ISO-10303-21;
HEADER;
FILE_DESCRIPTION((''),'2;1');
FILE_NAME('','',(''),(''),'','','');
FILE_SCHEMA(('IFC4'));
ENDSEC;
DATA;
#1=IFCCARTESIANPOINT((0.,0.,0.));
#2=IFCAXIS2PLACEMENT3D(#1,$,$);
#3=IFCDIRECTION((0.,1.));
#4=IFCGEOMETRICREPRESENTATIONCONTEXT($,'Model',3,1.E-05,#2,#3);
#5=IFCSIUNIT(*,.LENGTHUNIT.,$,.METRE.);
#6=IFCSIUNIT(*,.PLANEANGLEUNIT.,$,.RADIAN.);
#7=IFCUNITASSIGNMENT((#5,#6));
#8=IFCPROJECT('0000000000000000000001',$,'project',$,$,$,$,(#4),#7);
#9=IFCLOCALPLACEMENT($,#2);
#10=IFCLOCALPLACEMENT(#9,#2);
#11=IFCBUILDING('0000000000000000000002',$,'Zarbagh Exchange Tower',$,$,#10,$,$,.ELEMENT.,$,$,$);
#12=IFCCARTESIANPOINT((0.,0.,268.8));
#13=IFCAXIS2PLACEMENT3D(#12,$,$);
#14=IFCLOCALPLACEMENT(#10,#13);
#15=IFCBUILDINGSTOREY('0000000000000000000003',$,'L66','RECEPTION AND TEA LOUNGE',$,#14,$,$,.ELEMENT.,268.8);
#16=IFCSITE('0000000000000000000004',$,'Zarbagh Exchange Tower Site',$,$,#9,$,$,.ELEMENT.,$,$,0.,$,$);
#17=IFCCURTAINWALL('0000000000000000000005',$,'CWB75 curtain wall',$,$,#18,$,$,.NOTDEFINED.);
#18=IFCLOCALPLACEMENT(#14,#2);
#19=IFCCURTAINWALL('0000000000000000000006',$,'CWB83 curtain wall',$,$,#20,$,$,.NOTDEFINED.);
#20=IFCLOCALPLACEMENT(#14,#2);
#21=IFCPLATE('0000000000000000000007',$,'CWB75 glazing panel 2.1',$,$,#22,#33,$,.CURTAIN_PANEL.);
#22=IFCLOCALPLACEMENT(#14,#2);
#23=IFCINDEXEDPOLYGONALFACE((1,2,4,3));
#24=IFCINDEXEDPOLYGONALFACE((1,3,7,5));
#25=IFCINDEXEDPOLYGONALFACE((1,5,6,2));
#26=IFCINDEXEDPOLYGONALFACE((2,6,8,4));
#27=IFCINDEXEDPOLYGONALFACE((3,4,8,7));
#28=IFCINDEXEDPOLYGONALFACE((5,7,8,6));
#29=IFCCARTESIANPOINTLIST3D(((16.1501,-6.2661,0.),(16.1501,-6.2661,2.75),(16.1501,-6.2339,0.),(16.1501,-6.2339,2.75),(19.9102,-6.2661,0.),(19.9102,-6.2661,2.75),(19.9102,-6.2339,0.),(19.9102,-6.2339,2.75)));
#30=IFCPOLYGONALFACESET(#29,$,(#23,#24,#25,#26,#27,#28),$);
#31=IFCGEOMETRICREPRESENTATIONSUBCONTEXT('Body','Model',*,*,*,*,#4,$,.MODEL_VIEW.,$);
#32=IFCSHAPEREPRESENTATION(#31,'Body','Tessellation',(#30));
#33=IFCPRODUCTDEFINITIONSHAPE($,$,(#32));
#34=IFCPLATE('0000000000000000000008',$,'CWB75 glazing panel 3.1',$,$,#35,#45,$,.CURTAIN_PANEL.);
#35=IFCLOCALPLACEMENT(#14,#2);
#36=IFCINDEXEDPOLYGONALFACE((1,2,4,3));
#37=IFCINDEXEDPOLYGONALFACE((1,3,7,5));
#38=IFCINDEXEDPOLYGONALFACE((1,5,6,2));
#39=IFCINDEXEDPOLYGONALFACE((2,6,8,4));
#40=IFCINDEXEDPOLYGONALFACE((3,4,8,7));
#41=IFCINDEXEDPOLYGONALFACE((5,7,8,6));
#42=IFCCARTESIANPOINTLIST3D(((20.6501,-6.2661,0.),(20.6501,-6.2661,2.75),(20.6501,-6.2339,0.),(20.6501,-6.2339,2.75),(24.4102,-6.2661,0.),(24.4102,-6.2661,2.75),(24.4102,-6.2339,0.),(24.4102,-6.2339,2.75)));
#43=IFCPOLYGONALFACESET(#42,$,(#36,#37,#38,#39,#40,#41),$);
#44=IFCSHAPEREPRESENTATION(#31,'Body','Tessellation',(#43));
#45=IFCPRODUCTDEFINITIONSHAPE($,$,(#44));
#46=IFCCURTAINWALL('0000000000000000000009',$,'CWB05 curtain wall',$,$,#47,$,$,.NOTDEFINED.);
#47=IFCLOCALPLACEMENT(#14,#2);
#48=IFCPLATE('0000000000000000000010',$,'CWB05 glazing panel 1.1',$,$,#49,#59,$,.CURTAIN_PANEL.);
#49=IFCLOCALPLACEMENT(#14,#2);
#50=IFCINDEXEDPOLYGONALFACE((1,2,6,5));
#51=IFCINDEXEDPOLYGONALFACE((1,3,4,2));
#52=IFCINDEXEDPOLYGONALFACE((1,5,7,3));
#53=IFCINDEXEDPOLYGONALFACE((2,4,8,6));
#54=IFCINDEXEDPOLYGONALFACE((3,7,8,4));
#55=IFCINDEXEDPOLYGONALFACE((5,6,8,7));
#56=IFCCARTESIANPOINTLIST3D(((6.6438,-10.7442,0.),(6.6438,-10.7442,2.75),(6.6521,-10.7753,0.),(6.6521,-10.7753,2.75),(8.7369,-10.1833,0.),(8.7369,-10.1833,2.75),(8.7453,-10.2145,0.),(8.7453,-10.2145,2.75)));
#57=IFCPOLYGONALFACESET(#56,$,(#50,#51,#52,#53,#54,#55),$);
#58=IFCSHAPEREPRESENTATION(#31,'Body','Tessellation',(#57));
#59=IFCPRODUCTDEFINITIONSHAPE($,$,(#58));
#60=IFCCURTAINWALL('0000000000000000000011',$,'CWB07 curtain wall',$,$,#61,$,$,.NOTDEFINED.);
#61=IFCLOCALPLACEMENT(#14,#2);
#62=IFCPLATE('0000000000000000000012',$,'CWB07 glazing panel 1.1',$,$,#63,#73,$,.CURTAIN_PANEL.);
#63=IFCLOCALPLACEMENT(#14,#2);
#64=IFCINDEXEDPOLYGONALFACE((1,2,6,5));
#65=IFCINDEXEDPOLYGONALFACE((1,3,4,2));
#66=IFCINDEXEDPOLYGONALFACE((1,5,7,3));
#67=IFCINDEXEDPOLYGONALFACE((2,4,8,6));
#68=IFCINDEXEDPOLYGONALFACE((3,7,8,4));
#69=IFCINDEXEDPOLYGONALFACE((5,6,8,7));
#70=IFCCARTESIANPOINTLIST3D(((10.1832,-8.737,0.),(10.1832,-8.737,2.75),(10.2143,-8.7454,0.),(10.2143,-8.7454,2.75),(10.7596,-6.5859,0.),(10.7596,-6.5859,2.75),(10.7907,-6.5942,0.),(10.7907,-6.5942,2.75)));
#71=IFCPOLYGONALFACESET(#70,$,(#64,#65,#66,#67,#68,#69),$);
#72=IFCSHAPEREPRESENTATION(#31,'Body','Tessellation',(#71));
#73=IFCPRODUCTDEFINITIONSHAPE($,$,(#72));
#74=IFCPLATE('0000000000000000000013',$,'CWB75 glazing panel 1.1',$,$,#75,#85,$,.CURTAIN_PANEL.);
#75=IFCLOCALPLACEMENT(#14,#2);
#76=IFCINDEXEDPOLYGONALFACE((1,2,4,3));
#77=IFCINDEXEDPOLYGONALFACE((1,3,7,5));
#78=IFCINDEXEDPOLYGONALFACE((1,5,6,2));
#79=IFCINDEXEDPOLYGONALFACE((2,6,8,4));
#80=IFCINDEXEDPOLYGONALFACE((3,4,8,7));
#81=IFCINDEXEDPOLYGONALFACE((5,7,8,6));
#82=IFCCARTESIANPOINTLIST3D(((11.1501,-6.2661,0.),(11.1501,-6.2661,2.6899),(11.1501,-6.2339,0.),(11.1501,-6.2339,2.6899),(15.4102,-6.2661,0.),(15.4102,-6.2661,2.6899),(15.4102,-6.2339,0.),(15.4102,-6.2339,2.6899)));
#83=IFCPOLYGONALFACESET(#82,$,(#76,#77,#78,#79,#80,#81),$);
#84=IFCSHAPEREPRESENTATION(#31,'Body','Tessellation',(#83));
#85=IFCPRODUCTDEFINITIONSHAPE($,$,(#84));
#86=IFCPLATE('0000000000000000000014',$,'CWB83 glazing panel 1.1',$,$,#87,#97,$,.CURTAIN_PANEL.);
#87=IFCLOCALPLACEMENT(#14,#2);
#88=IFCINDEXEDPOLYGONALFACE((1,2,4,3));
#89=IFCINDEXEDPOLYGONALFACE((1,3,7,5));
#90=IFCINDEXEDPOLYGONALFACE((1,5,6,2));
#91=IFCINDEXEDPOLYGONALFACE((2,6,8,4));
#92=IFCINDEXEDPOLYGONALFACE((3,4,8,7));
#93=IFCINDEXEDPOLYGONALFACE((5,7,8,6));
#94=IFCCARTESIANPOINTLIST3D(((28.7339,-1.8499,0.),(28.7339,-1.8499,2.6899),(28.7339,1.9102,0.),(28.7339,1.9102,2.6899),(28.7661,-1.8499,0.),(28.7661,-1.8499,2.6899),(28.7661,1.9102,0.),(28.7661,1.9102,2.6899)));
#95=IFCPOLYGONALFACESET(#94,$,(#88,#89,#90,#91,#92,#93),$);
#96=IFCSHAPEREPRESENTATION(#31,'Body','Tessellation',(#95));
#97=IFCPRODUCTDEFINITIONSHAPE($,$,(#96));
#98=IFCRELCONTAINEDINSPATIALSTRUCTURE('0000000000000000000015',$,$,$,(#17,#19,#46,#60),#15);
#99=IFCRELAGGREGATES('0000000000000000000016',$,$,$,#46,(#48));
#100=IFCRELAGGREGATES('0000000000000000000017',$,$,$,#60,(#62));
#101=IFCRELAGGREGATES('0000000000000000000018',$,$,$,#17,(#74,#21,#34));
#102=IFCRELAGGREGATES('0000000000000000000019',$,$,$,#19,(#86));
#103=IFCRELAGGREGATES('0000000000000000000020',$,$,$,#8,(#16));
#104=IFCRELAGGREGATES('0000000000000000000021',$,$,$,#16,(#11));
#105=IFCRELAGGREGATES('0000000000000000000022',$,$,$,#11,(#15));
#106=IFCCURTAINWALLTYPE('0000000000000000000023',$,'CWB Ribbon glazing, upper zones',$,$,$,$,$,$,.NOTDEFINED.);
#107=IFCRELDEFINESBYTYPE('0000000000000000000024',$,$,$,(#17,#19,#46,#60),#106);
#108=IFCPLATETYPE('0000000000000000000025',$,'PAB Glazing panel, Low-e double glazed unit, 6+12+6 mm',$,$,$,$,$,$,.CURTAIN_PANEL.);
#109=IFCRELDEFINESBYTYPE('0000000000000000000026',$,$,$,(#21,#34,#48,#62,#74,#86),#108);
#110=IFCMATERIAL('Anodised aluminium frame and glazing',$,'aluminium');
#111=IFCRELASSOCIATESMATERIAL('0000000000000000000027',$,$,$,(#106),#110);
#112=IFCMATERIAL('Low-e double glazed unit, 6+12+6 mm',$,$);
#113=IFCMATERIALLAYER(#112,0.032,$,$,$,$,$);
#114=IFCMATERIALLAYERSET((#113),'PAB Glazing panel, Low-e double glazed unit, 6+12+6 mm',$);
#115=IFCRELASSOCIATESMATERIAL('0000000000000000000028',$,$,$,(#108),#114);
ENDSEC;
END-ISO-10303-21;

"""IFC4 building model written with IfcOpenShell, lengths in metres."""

from ifc_helpers import new_model, si_unit, direction, frame, origin, place, context, subcontext, project, spatial, polyline, outline, extrude, source, transform, mapped, material, layer, layer_set, type_object, element, aggregate, save


model = new_model("IFC4")

# Units and contexts
model_context = context("Model", 3, precision=1e-05, world=origin(), true_north=direction((0.0, 1.0)))
body_context = subcontext(model_context, "Body", "Model", "MODEL_VIEW")
ifc_project = project(units=[si_unit("LENGTHUNIT", "METRE"), si_unit("PLANEANGLEUNIT", "RADIAN")], contexts=[model_context])

# Site, building, storey
site_placement = place(None, origin())
site = spatial("IfcSite", under=ifc_project, at=site_placement, Name="Zarbagh Exchange Tower Site", CompositionType="ELEMENT", RefElevation=0.0)
building_placement = place(site_placement, origin())
building = spatial("IfcBuilding", under=site, at=building_placement, Name="Zarbagh Exchange Tower", CompositionType="ELEMENT")
storey_placement = place(building_placement, frame((0.0, 0.0, 268.8)))
storey = spatial("IfcBuildingStorey", under=building, at=storey_placement, Name="L66", Description="RECEPTION AND TEA LOUNGE", CompositionType="ELEMENT", Elevation=268.8)

# Curtain wall
ifc_material_1 = material(Name="Anodised aluminium frame and glazing", Category="aluminium")
curtain_wall_type = type_object("IfcCurtainWallType", Name="CWB Ribbon glazing, upper zones", PredefinedType="NOTDEFINED", material=ifc_material_1)
curtain_wall_1_placement = place(storey_placement, origin())
curtain_wall_1 = element("IfcCurtainWall", 1, at=curtain_wall_1_placement, inside=storey, type_object=curtain_wall_type, Name="CWB75 curtain wall", PredefinedType="NOTDEFINED")
placement = place(storey_placement, origin())

# Curtain wall
curtain_wall_2_placement = place(storey_placement, origin())
curtain_wall_2 = element("IfcCurtainWall", 2, at=curtain_wall_2_placement, inside=storey, type_object=curtain_wall_type, Name="CWB83 curtain wall", PredefinedType="NOTDEFINED")

# Shared definitions
ifc_material_2 = material(Name="Low-e double glazed unit, 6+12+6 mm")
ifc_layer = layer(ifc_material_2, 0.032)
ifc_layer_set = layer_set([ifc_layer], Name="PAB Glazing panel, Low-e double glazed unit, 6+12+6 mm")
plate_type = type_object("IfcPlateType", Name="PAB Glazing panel, Low-e double glazed unit, 6+12+6 mm", PredefinedType="CURTAIN_PANEL", material=ifc_layer_set)

# Plates
shared_shape_1 = source(origin(), body_context, "Body", "SweptSolid", [
    extrude(outline(polyline([(0.0, -0.0161), (3.76, -0.0161), (3.76, 0.0161), (0.0, 0.0161), (0.0, -0.0161)])), origin(), (0.0, 0.0, 1.0), 2.75),
])
plate_1 = element("IfcPlate", 3, at=placement, type_object=plate_type, Name="CWB75 glazing panel 2.1", PredefinedType="CURTAIN_PANEL", context=body_context, shape_type="MappedRepresentation", body=[
    mapped(shared_shape_1, transform((16.1501, -6.25, 0.0), x_axis=(1.0, 0.0, 0.0), y_axis=(0.0, 1.0, 0.0), z_axis=(0.0, 0.0, 1.0))),
])
plate_2 = element("IfcPlate", 4, at=placement, type_object=plate_type, Name="CWB75 glazing panel 3.1", PredefinedType="CURTAIN_PANEL", context=body_context, shape_type="MappedRepresentation", body=[
    mapped(shared_shape_1, transform((20.6501, -6.25, 0.0), x_axis=(1.0, 0.0, 0.0), y_axis=(0.0, 1.0, 0.0), z_axis=(0.0, 0.0, 1.0))),
])

# Curtain walls, plates
curtain_wall_3_placement = place(storey_placement, origin())
curtain_wall_3 = element("IfcCurtainWall", 5, at=curtain_wall_3_placement, inside=storey, type_object=curtain_wall_type, Name="CWB05 curtain wall", PredefinedType="NOTDEFINED")
shared_shape_2 = source(origin(), body_context, "Body", "SweptSolid", [
    extrude(outline(polyline([(0.0, -0.0161), (2.167, -0.0161), (2.167, 0.0161), (0.0, 0.0161), (0.0, -0.0161)])), origin(), (0.0, 0.0, 1.0), 2.75),
])
plate_3 = element("IfcPlate", 6, at=placement, type_object=plate_type, Name="CWB05 glazing panel 1.1", PredefinedType="CURTAIN_PANEL", context=body_context, shape_type="MappedRepresentation", body=[
    mapped(shared_shape_2, transform((6.6479, -10.7598, 0.0), x_axis=(0.965924, 0.258825, 0.0), y_axis=(-0.258825, 0.965924, 0.0), z_axis=(0.0, 0.0, 1.0))),
])
aggregate(curtain_wall_3, [plate_3])
curtain_wall_4_placement = place(storey_placement, origin())
curtain_wall_4 = element("IfcCurtainWall", 7, at=curtain_wall_4_placement, inside=storey, type_object=curtain_wall_type, Name="CWB07 curtain wall", PredefinedType="NOTDEFINED")
shared_shape_3 = source(origin(), body_context, "Body", "SweptSolid", [
    extrude(outline(polyline([(0.0, -0.0161), (2.2271, -0.0161), (2.2271, 0.0161), (0.0, 0.0161), (0.0, -0.0161)])), origin(), (0.0, 0.0, 1.0), 2.75),
])
plate_4 = element("IfcPlate", 8, at=placement, type_object=plate_type, Name="CWB07 glazing panel 1.1", PredefinedType="CURTAIN_PANEL", context=body_context, shape_type="MappedRepresentation", body=[
    mapped(shared_shape_3, transform((10.1987, -8.7412, 0.0), x_axis=(0.258825, 0.965924, 0.0), y_axis=(-0.965924, 0.258825, 0.0), z_axis=(0.0, 0.0, 1.0))),
])
aggregate(curtain_wall_4, [plate_4])

# Plates
shared_shape_4 = source(origin(), body_context, "Body", "SweptSolid", [
    extrude(outline(polyline([(0.0, -0.0161), (4.26, -0.0161), (4.26, 0.0161), (0.0, 0.0161), (0.0, -0.0161)])), origin(), (0.0, 0.0, 1.0), 2.6899),
])
plate_5 = element("IfcPlate", 9, at=placement, type_object=plate_type, Name="CWB75 glazing panel 1.1", PredefinedType="CURTAIN_PANEL", context=body_context, shape_type="MappedRepresentation", body=[
    mapped(shared_shape_4, transform((11.1501, -6.25, 0.0), x_axis=(1.0, 0.0, 0.0), y_axis=(0.0, 1.0, 0.0), z_axis=(0.0, 0.0, 1.0))),
])
aggregate(curtain_wall_1, [plate_5, plate_1, plate_2])
shared_shape_5 = source(origin(), body_context, "Body", "SweptSolid", [
    extrude(outline(polyline([(0.0, -0.0161), (3.76, -0.0161), (3.76, 0.0161), (0.0, 0.0161), (0.0, -0.0161)])), origin(), (0.0, 0.0, 1.0), 2.6899),
])
plate_6 = element("IfcPlate", 10, at=placement, type_object=plate_type, Name="CWB83 glazing panel 1.1", PredefinedType="CURTAIN_PANEL", context=body_context, shape_type="MappedRepresentation", body=[
    mapped(shared_shape_5, transform((28.75, -1.8499, 0.0), x_axis=(0.0, 1.0, 0.0), y_axis=(-1.0, 0.0, 0.0), z_axis=(0.0, 0.0, 1.0))),
])
aggregate(curtain_wall_2, [plate_6])

save(model, "model.ifc")
